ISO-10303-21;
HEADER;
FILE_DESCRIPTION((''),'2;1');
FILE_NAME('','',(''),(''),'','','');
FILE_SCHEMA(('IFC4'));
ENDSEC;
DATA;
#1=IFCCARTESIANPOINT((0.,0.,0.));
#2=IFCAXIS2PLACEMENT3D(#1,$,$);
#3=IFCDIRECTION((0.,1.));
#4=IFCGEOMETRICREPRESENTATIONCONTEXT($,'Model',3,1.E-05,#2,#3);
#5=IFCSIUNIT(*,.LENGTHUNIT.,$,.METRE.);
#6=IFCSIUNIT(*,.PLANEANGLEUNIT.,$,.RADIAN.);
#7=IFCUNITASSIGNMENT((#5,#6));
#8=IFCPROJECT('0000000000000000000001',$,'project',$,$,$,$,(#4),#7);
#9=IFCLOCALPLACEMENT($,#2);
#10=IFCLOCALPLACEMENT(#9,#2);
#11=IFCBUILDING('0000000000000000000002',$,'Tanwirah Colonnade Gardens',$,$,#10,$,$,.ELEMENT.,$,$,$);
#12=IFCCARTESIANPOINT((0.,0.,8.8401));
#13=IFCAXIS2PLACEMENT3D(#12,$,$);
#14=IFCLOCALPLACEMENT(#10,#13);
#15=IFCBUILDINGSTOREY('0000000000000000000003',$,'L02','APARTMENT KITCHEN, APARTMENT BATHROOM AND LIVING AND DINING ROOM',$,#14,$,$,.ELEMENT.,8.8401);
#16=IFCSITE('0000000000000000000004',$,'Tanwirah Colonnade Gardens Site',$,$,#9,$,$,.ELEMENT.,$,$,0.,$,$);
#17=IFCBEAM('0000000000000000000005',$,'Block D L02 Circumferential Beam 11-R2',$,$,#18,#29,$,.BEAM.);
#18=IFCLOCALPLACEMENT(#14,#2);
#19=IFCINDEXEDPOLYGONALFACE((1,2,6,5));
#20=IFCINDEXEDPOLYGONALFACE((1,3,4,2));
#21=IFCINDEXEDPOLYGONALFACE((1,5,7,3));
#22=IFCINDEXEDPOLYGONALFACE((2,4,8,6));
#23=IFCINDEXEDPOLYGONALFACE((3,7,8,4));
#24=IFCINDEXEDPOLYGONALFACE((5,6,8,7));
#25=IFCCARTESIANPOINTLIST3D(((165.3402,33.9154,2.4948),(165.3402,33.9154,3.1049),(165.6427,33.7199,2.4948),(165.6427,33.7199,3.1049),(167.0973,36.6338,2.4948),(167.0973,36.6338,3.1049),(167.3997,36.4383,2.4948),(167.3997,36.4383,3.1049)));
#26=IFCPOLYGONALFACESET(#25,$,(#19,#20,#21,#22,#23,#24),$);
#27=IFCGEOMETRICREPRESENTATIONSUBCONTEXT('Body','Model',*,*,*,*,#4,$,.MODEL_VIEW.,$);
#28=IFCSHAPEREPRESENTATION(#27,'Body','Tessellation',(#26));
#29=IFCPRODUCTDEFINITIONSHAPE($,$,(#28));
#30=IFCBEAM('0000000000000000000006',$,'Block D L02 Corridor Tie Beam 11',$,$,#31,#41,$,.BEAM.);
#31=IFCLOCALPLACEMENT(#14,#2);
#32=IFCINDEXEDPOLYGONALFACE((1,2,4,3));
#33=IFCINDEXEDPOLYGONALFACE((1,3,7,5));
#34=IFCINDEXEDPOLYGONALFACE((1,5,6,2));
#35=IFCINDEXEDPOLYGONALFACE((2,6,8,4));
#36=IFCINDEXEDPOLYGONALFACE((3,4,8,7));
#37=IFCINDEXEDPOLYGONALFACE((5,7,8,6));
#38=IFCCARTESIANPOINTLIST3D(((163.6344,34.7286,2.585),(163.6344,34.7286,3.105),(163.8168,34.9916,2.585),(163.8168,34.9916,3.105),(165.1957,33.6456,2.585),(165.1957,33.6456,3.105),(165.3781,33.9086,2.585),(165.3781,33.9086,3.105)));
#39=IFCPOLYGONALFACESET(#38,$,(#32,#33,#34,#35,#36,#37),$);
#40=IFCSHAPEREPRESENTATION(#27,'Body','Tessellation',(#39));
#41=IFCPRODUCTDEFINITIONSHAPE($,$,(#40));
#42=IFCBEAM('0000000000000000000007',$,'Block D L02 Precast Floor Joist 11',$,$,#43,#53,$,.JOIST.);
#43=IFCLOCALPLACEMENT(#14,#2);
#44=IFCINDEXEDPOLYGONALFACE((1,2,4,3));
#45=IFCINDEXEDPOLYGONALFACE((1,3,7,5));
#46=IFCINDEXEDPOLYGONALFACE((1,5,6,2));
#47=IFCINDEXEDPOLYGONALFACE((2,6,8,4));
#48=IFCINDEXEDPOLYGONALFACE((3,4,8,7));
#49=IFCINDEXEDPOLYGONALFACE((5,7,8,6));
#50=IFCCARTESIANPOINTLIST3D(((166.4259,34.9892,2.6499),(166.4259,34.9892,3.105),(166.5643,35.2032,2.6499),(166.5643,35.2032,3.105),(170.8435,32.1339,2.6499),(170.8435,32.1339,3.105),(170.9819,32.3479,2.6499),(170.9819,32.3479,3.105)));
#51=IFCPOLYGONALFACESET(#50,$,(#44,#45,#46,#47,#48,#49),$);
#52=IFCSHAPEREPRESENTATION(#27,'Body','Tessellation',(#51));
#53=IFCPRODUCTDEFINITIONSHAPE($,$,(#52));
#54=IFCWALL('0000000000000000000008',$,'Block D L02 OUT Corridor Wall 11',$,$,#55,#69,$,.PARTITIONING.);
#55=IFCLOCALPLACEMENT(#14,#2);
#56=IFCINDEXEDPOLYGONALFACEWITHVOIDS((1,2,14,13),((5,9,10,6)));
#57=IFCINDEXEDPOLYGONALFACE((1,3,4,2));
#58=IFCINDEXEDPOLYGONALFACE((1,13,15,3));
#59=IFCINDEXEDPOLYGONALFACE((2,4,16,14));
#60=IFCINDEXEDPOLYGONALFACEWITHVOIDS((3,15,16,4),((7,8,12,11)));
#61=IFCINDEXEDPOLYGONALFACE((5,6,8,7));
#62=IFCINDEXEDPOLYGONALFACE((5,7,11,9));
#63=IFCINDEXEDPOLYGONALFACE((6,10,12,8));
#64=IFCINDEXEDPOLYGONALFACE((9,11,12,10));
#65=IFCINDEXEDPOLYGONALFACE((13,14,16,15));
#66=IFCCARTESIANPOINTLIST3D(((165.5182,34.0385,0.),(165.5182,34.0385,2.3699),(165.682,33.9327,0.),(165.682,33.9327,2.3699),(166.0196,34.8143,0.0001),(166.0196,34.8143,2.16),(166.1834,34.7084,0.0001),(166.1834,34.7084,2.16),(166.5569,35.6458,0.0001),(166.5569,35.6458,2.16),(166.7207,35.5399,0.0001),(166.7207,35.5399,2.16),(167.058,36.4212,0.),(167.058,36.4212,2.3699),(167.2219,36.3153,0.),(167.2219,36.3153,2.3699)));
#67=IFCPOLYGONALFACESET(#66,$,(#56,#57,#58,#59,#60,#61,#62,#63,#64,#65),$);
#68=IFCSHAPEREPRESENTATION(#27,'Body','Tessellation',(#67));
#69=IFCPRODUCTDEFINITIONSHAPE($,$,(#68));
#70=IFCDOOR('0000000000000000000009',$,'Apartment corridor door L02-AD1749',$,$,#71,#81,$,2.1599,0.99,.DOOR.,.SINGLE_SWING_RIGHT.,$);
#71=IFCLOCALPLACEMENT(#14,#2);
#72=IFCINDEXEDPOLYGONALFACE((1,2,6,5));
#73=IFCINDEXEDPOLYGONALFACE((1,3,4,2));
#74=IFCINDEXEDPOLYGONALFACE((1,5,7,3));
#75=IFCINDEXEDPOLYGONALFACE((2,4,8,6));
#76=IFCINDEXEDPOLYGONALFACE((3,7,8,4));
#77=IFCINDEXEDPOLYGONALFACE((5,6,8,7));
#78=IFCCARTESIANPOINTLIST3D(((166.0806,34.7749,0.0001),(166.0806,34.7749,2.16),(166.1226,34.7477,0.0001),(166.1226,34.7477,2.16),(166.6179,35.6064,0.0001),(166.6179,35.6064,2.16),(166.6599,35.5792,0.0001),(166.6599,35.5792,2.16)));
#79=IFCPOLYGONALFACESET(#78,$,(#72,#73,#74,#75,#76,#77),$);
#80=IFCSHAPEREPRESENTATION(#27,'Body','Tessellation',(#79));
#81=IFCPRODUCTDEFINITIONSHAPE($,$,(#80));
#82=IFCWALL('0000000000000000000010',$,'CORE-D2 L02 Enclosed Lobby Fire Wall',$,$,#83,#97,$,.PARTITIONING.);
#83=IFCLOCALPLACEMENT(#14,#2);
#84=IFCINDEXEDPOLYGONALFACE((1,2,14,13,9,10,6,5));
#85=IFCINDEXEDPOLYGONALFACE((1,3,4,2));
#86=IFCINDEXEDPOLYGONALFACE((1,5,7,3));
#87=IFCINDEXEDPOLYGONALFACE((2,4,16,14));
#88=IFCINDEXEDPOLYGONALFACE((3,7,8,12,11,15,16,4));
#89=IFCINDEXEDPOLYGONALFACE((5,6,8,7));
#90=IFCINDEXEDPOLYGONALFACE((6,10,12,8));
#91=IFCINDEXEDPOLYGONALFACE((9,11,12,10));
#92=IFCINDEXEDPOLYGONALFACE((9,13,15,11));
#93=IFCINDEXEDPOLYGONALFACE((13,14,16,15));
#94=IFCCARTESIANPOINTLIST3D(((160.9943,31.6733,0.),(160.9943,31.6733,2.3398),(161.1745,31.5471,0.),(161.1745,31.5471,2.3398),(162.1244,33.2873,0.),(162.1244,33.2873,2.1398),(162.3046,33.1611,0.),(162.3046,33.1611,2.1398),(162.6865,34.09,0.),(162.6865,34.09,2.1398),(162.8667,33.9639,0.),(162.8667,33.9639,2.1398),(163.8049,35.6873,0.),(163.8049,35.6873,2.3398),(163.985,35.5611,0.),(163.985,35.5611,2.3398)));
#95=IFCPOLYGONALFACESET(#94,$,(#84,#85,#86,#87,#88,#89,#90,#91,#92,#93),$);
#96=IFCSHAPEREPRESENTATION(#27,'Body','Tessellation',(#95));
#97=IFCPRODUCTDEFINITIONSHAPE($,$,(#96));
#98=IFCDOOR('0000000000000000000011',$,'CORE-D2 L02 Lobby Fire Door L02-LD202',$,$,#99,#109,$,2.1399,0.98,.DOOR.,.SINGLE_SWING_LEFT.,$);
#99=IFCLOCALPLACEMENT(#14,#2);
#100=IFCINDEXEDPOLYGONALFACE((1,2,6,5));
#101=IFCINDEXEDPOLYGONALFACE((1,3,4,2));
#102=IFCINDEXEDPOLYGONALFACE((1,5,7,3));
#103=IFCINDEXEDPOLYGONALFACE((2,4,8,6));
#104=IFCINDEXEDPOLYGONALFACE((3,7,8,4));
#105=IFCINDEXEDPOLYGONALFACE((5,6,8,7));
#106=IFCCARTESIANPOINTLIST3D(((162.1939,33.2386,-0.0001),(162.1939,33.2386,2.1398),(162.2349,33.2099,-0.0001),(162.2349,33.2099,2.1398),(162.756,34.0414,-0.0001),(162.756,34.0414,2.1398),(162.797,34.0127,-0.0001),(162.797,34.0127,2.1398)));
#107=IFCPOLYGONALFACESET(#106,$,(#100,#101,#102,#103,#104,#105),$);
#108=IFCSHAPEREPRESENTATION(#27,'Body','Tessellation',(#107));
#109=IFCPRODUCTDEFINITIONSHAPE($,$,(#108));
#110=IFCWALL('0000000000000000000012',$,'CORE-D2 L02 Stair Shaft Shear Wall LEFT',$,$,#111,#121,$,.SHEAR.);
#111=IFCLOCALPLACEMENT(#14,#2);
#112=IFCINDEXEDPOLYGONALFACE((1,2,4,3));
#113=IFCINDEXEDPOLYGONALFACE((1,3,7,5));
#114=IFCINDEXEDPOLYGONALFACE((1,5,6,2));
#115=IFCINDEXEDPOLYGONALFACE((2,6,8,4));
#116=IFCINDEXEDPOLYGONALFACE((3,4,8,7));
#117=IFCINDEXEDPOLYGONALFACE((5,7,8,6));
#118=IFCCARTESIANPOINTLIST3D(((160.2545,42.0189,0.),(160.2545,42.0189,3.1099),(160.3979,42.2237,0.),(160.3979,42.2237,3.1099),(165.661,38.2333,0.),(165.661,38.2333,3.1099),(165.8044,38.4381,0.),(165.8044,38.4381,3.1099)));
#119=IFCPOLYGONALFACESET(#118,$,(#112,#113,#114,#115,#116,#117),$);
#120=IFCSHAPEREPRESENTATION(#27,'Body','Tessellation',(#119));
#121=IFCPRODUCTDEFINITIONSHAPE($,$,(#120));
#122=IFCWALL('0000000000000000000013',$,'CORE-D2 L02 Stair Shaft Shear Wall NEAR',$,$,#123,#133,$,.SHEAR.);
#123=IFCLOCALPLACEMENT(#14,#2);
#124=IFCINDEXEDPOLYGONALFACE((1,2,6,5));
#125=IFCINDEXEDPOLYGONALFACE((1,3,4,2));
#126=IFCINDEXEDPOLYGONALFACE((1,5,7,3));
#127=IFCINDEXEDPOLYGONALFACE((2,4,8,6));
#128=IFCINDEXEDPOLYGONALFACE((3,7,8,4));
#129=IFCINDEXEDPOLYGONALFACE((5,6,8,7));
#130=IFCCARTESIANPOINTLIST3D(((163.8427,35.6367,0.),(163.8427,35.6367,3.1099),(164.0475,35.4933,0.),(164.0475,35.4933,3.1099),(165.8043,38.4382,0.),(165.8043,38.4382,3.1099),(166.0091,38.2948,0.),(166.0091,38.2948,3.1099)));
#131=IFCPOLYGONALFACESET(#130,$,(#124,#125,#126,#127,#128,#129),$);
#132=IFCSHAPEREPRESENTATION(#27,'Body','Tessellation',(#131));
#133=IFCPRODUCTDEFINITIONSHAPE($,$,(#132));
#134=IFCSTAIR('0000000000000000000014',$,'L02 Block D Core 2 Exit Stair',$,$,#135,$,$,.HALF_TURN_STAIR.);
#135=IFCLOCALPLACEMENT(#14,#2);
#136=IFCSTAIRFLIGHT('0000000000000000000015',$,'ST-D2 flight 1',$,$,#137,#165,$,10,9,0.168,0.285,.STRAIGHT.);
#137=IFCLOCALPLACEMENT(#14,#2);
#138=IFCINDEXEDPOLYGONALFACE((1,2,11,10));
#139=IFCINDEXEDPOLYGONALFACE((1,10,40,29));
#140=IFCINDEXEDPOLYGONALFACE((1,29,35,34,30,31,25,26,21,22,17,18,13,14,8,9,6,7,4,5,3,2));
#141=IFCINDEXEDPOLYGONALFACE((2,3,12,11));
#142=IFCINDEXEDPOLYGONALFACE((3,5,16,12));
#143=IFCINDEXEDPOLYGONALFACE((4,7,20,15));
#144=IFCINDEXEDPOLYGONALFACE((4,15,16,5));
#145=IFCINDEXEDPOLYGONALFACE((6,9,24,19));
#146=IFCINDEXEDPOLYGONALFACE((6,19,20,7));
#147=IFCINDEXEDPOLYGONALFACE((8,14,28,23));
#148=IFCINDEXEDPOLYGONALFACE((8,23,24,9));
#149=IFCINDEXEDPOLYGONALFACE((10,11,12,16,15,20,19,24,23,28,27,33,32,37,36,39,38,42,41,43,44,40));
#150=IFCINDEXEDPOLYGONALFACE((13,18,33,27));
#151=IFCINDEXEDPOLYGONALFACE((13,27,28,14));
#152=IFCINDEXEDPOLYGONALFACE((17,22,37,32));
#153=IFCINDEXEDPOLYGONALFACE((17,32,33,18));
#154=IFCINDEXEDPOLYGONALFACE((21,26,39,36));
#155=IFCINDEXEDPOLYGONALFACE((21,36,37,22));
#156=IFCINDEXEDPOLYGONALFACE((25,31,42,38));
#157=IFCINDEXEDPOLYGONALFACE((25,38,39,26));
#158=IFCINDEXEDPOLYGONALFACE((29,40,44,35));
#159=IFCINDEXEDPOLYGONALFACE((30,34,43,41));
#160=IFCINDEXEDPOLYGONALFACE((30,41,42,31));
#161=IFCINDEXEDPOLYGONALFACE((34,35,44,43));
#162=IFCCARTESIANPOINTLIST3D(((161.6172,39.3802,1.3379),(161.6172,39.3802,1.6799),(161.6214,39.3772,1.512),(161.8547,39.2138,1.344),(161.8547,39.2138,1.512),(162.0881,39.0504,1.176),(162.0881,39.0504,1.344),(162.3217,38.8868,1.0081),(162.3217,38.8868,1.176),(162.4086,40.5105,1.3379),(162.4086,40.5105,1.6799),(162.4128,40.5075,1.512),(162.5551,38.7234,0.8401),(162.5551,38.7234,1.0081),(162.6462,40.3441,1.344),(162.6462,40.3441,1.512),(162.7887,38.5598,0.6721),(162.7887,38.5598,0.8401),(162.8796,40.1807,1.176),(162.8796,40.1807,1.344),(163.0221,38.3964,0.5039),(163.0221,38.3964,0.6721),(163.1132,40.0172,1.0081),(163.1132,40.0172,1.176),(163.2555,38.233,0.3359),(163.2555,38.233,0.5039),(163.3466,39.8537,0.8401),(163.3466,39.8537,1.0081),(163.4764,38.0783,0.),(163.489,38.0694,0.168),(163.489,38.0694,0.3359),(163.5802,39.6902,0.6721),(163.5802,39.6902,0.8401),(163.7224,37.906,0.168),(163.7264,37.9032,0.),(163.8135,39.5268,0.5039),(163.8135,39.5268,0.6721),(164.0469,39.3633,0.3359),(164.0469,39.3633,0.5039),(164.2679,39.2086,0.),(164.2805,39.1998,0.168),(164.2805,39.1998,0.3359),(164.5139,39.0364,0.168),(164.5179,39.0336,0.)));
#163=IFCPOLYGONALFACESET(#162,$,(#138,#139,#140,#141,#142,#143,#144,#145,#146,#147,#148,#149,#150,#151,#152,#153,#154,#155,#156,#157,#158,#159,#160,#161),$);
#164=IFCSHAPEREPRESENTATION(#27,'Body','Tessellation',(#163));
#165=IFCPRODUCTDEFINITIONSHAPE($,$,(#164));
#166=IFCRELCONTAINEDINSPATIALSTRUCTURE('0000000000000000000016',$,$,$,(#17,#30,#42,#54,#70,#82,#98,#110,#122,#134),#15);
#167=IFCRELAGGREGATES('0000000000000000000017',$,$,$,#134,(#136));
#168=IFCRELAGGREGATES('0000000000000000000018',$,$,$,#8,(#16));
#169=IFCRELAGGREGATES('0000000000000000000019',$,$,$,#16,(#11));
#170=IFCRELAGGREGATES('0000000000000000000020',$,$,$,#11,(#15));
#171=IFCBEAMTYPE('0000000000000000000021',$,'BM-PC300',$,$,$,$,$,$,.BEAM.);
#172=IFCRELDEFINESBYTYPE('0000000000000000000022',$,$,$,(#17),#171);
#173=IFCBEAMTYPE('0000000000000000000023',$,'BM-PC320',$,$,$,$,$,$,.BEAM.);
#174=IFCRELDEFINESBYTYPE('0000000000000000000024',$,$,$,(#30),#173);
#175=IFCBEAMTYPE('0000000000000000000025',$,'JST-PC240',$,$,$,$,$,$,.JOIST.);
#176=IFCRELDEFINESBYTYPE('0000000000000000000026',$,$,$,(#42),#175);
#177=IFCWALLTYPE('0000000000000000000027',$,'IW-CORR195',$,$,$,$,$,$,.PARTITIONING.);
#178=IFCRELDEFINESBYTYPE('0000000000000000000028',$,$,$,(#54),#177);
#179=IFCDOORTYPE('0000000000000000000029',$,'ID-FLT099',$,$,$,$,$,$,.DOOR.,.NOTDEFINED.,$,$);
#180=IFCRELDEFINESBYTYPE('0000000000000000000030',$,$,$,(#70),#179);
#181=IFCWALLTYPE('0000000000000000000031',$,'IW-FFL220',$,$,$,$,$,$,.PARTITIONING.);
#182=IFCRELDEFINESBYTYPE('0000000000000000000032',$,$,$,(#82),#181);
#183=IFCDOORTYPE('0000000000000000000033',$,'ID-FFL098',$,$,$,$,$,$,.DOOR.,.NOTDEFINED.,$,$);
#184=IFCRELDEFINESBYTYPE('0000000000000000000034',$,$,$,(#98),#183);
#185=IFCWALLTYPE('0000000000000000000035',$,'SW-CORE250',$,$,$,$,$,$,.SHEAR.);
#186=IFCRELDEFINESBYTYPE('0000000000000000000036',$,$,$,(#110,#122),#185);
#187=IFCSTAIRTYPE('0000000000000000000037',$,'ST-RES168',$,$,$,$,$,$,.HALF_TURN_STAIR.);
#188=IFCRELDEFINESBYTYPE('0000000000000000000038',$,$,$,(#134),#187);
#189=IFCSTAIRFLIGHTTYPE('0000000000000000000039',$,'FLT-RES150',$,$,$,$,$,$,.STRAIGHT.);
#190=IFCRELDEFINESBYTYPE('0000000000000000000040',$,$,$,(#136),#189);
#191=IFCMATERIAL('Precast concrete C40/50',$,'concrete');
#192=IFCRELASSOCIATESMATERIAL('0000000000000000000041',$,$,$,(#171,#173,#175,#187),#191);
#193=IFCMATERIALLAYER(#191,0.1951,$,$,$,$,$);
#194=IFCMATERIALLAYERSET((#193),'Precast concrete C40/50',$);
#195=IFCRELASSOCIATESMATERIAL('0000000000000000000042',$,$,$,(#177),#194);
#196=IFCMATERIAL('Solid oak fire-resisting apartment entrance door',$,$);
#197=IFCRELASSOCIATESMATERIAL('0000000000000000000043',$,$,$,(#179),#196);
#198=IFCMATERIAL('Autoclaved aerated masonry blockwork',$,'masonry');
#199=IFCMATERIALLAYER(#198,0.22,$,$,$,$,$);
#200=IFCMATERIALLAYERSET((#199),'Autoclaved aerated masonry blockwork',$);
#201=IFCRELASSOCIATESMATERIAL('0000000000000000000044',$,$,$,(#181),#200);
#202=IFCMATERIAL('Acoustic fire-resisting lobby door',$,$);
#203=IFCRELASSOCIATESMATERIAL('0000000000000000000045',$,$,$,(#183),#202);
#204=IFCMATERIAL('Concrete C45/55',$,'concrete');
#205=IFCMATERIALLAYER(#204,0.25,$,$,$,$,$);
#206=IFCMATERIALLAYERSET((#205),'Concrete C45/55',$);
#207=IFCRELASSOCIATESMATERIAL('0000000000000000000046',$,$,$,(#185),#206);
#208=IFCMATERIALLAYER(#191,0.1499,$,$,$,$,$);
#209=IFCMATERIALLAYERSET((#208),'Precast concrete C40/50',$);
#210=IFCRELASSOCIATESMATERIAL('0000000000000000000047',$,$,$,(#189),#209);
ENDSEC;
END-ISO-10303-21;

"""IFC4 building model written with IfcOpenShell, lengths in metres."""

from ifc_helpers import new_model, si_unit, direction, frame, frame_2d, origin, origin_2d, place, context, subcontext, project, spatial, polyline, rectangle, outline, extrude, material, layer, layer_set, material_profile, profile_set, type_object, element, fill, aggregate, save


model = new_model("IFC4")

# Units and contexts
model_context = context("Model", 3, precision=1e-05, world=origin(), true_north=direction((0.0, 1.0)))
body_context = subcontext(model_context, "Body", "Model", "MODEL_VIEW")
ifc_project = project(units=[si_unit("LENGTHUNIT", "METRE"), si_unit("PLANEANGLEUNIT", "RADIAN")], contexts=[model_context])

# Site, building, storey
site_placement = place(None, origin())
site = spatial("IfcSite", under=ifc_project, at=site_placement, Name="Tanwirah Colonnade Gardens Site", CompositionType="ELEMENT", RefElevation=0.0)
building_placement = place(site_placement, origin())
building = spatial("IfcBuilding", under=site, at=building_placement, Name="Tanwirah Colonnade Gardens", CompositionType="ELEMENT")
storey_placement = place(building_placement, frame((0.0, 0.0, 8.8401)))
storey = spatial("IfcBuildingStorey", under=building, at=storey_placement, Name="L02", Description="APARTMENT KITCHEN, APARTMENT BATHROOM AND LIVING AND DINING ROOM", CompositionType="ELEMENT", Elevation=8.8401)

# Beams
ifc_material_1 = material(Name="Precast concrete C40/50", Category="concrete")
ifc_material_profile_1 = material_profile(ifc_material_1, rectangle(XDim=0.3601, YDim=0.6101, at=origin_2d()), Name="PC-BM 360x610")
ifc_profile_set_1 = profile_set([ifc_material_profile_1], Name="Precast concrete C40/50")
beam_type_1 = type_object("IfcBeamType", Name="BM-PC300", PredefinedType="BEAM", material=ifc_profile_set_1)
beam_1_placement = place(storey_placement, frame((165.4915, 33.8176, 2.7998), z_axis=(0.542826, 0.839845, 0.0), x_axis=(-0.839845, 0.542826, 0.0)))
element("IfcBeam", 1, at=beam_1_placement, inside=storey, type_object=beam_type_1, Name="Block D L02 Circumferential Beam 11-R2", PredefinedType="BEAM", context=body_context, shape_type="SweptSolid", body=[
    extrude(rectangle(XDim=0.3601, YDim=0.6101, at=origin_2d()), origin(), (0.0, 0.0, 1.0), 3.2368),
])
ifc_material_profile_2 = material_profile(ifc_material_1, rectangle(XDim=0.3201, YDim=0.52, at=origin_2d()), Name="PC-BM 320x520")
ifc_profile_set_2 = profile_set([ifc_material_profile_2], Name="Precast concrete C40/50")
beam_type_2 = type_object("IfcBeamType", Name="BM-PC320", PredefinedType="BEAM", material=ifc_profile_set_2)
beam_2_placement = place(storey_placement, frame((163.7256, 34.8601, 2.845), z_axis=(0.821669, -0.569965, 0.0), x_axis=(0.569965, 0.821669, 0.0)))
element("IfcBeam", 2, at=beam_2_placement, inside=storey, type_object=beam_type_2, Name="Block D L02 Corridor Tie Beam 11", PredefinedType="BEAM", context=body_context, shape_type="SweptSolid", body=[
    extrude(rectangle(XDim=0.3201, YDim=0.52, at=origin_2d()), origin(), (0.0, 0.0, 1.0), 1.9001),
])
ifc_material_profile_3 = material_profile(ifc_material_1, rectangle(XDim=0.2549, YDim=0.4551, at=origin_2d()), Name="PC-JST 255x455")
ifc_profile_set_3 = profile_set([ifc_material_profile_3], Name="Precast concrete C40/50")
beam_type_3 = type_object("IfcBeamType", Name="JST-PC240", PredefinedType="JOIST", material=ifc_profile_set_3)
beam_3_placement = place(storey_placement, frame((166.4951, 35.0962, 2.8774), z_axis=(0.839843, -0.54283, 0.0), x_axis=(0.54283, 0.839843, 0.0)))
element("IfcBeam", 3, at=beam_3_placement, inside=storey, type_object=beam_type_3, Name="Block D L02 Precast Floor Joist 11", PredefinedType="JOIST", context=body_context, shape_type="SweptSolid", body=[
    extrude(rectangle(XDim=0.2549, YDim=0.4551, at=origin_2d()), origin(), (0.0, 0.0, 1.0), 5.26),
])

# Walls, openings, doors
ifc_layer_1 = layer(ifc_material_1, 0.1951)
ifc_layer_set_1 = layer_set([ifc_layer_1], Name="Precast concrete C40/50")
wall_type_1 = type_object("IfcWallType", Name="IW-CORR195", PredefinedType="PARTITIONING", material=ifc_layer_set_1)
wall_1_placement = place(storey_placement, frame((165.6001, 33.9856, 0.0), z_axis=(0.0, 0.0, 1.0), x_axis=(0.542787, 0.83987, 0.0)))
wall_1 = element("IfcWall", 4, at=wall_1_placement, inside=storey, type_object=wall_type_1, Name="Block D L02 OUT Corridor Wall 11", PredefinedType="PARTITIONING", context=body_context, shape_type="SweptSolid", body=[
    extrude(rectangle(XDim=2.8369, YDim=0.1951, at=frame_2d((1.4185, 0.0))), origin(), (0.0, 0.0, 1.0), 2.3699),
])
opening_1_placement = place(wall_1_placement, frame((0.9236, 0.0, 0.0)))
opening_1 = element("IfcOpeningElement", 5, at=opening_1_placement, cuts=wall_1, PredefinedType="OPENING", context=body_context, shape_type="SweptSolid", body=[
    extrude(rectangle(XDim=0.99, YDim=2.1599, at=frame_2d((0.4951, 1.0801))), frame((0.0, 0.1074, 0.0), z_axis=(0.0, -1.0, 0.0), x_axis=(1.0, 0.0, 0.0)), (0.0, 0.0, 1.0), 0.2151),
])
ifc_material_2 = material(Name="Solid oak fire-resisting apartment entrance door")
door_type_1 = type_object("IfcDoorType", Name="ID-FLT099", OperationType="NOTDEFINED", PredefinedType="DOOR", material=ifc_material_2)
door_1_placement = place(opening_1_placement, origin())
door_1 = element("IfcDoor", 6, at=door_1_placement, inside=storey, type_object=door_type_1, Name="Apartment corridor door L02-AD1749", OperationType="SINGLE_SWING_RIGHT", OverallHeight=2.1599, OverallWidth=0.99, PredefinedType="DOOR", context=body_context, shape_type="SweptSolid", body=[
    extrude(rectangle(XDim=0.99, YDim=2.1599, at=frame_2d((0.4951, 1.0801))), frame((0.0, 0.0249, 0.0), z_axis=(0.0, -1.0, 0.0), x_axis=(1.0, 0.0, 0.0)), (0.0, 0.0, 1.0), 0.05),
])
fill(opening_1, door_1)
ifc_material_3 = material(Name="Autoclaved aerated masonry blockwork", Category="masonry")
ifc_layer_2 = layer(ifc_material_3, 0.22)
ifc_layer_set_2 = layer_set([ifc_layer_2], Name="Autoclaved aerated masonry blockwork")
wall_type_2 = type_object("IfcWallType", Name="IW-FFL220", PredefinedType="PARTITIONING", material=ifc_layer_set_2)
wall_2_placement = place(storey_placement, frame((163.895, 35.6243, 0.0), z_axis=(0.0, 0.0, 1.0), x_axis=(-0.573573, -0.819155, 0.0)))
wall_2 = element("IfcWall", 7, at=wall_2_placement, inside=storey, type_object=wall_type_2, Name="CORE-D2 L02 Enclosed Lobby Fire Wall", PredefinedType="PARTITIONING", context=body_context, shape_type="SweptSolid", body=[
    extrude(rectangle(XDim=4.9001, YDim=0.22, at=frame_2d((2.4502, 0.0))), origin(), (0.0, 0.0, 1.0), 2.3398),
])
opening_2_placement = place(wall_2_placement, frame((1.95, 0.0, 0.0)))
opening_2 = element("IfcOpeningElement", 8, at=opening_2_placement, cuts=wall_2, PredefinedType="OPENING", context=body_context, shape_type="SweptSolid", body=[
    extrude(rectangle(XDim=0.98, YDim=2.1399, at=frame_2d((0.49, 1.0698))), frame((0.0, 0.1199, 0.0), z_axis=(0.0, -1.0, 0.0), x_axis=(1.0, 0.0, 0.0)), (0.0, 0.0, 1.0), 0.24),
])
ifc_material_4 = material(Name="Acoustic fire-resisting lobby door")
door_type_2 = type_object("IfcDoorType", Name="ID-FFL098", OperationType="NOTDEFINED", PredefinedType="DOOR", material=ifc_material_4)
door_2_placement = place(opening_2_placement, origin())
door_2 = element("IfcDoor", 9, at=door_2_placement, inside=storey, type_object=door_type_2, Name="CORE-D2 L02 Lobby Fire Door L02-LD202", OperationType="SINGLE_SWING_LEFT", OverallHeight=2.1399, OverallWidth=0.98, PredefinedType="DOOR", context=body_context, shape_type="SweptSolid", body=[
    extrude(rectangle(XDim=0.98, YDim=2.1399, at=frame_2d((0.49, 1.0698))), frame((0.0, 0.0249, 0.0), z_axis=(0.0, -1.0, 0.0), x_axis=(1.0, 0.0, 0.0)), (0.0, 0.0, 1.0), 0.05),
])
fill(opening_2, door_2)

# Walls
ifc_material_5 = material(Name="Concrete C45/55", Category="concrete")
ifc_layer_3 = layer(ifc_material_5, 0.25)
ifc_layer_set_3 = layer_set([ifc_layer_3], Name="Concrete C45/55")
wall_type_3 = type_object("IfcWallType", Name="SW-CORE250", PredefinedType="SHEAR", material=ifc_layer_set_3)
wall_3_placement = place(storey_placement, frame((165.7327, 38.3357, 0.0), z_axis=(0.0, 0.0, 1.0), x_axis=(-0.819154, 0.573574, 0.0)))
element("IfcWall", 10, at=wall_3_placement, inside=storey, type_object=wall_type_3, Name="CORE-D2 L02 Stair Shaft Shear Wall LEFT", PredefinedType="SHEAR", context=body_context, shape_type="SweptSolid", body=[
    extrude(rectangle(XDim=6.6001, YDim=0.25, at=frame_2d((3.3, 0.0))), origin(), (0.0, 0.0, 1.0), 3.1099),
])
wall_4_placement = place(storey_placement, frame((165.9067, 38.3665, 0.0), z_axis=(0.0, 0.0, 1.0), x_axis=(-0.573582, -0.819148, 0.0)))
element("IfcWall", 11, at=wall_4_placement, inside=storey, type_object=wall_type_3, Name="CORE-D2 L02 Stair Shaft Shear Wall NEAR", PredefinedType="SHEAR", context=body_context, shape_type="SweptSolid", body=[
    extrude(rectangle(XDim=3.4199, YDim=0.25, at=frame_2d((1.71, 0.0))), origin(), (0.0, 0.0, 1.0), 3.1099),
])

# Stair, stair flight
stair_type = type_object("IfcStairType", Name="ST-RES168", PredefinedType="HALF_TURN_STAIR", material=ifc_material_1)
stair_placement = place(storey_placement, origin())
stair = element("IfcStair", 12, at=stair_placement, inside=storey, type_object=stair_type, Name="L02 Block D Core 2 Exit Stair", PredefinedType="HALF_TURN_STAIR")
ifc_layer_4 = layer(ifc_material_1, 0.1499)
ifc_layer_set_4 = layer_set([ifc_layer_4], Name="Precast concrete C40/50")
stair_flight_type = type_object("IfcStairFlightType", Name="FLT-RES150", PredefinedType="STRAIGHT", material=ifc_layer_set_4)
stair_flight_1_placement = place(storey_placement, frame((164.1182, 38.4712, 0.0), z_axis=(0.0, 0.0, 1.0), x_axis=(-0.819152, 0.573576, 0.0)))
stair_flight_1 = element("IfcStairFlight", 13, at=stair_flight_1_placement, type_object=stair_flight_type, Name="ST-D2 flight 1", NumberOfRisers=10, NumberOfTreads=9, PredefinedType="STRAIGHT", RiserHeight=0.168, TreadLength=0.285, context=body_context, shape_type="SweptSolid", body=[
    extrude(outline(polyline([(-0.0049, 0.0), (0.0, 0.168), (0.2849, 0.168), (0.2849, 0.3359), (0.5701, 0.3359), (0.5701, 0.5039), (0.855, 0.5039), (0.855, 0.6721), (1.1399, 0.6721), (1.1399, 0.8401), (1.425, 0.8401), (1.425, 1.0081), (1.71, 1.0081), (1.71, 1.176), (1.9951, 1.176), (1.9951, 1.344), (2.28, 1.344), (2.28, 1.512), (2.5649, 1.512), (2.5701, 1.6799), (2.5701, 1.3379), (0.3003, 0.0), (-0.0049, 0.0)])), frame((0.0, 0.6899, 0.0), z_axis=(0.0, -1.0, 0.0), x_axis=(1.0, 0.0, 0.0)), (0.0, 0.0, 1.0), 1.3799),
])
aggregate(stair, [stair_flight_1])

save(model, "model.ifc")
